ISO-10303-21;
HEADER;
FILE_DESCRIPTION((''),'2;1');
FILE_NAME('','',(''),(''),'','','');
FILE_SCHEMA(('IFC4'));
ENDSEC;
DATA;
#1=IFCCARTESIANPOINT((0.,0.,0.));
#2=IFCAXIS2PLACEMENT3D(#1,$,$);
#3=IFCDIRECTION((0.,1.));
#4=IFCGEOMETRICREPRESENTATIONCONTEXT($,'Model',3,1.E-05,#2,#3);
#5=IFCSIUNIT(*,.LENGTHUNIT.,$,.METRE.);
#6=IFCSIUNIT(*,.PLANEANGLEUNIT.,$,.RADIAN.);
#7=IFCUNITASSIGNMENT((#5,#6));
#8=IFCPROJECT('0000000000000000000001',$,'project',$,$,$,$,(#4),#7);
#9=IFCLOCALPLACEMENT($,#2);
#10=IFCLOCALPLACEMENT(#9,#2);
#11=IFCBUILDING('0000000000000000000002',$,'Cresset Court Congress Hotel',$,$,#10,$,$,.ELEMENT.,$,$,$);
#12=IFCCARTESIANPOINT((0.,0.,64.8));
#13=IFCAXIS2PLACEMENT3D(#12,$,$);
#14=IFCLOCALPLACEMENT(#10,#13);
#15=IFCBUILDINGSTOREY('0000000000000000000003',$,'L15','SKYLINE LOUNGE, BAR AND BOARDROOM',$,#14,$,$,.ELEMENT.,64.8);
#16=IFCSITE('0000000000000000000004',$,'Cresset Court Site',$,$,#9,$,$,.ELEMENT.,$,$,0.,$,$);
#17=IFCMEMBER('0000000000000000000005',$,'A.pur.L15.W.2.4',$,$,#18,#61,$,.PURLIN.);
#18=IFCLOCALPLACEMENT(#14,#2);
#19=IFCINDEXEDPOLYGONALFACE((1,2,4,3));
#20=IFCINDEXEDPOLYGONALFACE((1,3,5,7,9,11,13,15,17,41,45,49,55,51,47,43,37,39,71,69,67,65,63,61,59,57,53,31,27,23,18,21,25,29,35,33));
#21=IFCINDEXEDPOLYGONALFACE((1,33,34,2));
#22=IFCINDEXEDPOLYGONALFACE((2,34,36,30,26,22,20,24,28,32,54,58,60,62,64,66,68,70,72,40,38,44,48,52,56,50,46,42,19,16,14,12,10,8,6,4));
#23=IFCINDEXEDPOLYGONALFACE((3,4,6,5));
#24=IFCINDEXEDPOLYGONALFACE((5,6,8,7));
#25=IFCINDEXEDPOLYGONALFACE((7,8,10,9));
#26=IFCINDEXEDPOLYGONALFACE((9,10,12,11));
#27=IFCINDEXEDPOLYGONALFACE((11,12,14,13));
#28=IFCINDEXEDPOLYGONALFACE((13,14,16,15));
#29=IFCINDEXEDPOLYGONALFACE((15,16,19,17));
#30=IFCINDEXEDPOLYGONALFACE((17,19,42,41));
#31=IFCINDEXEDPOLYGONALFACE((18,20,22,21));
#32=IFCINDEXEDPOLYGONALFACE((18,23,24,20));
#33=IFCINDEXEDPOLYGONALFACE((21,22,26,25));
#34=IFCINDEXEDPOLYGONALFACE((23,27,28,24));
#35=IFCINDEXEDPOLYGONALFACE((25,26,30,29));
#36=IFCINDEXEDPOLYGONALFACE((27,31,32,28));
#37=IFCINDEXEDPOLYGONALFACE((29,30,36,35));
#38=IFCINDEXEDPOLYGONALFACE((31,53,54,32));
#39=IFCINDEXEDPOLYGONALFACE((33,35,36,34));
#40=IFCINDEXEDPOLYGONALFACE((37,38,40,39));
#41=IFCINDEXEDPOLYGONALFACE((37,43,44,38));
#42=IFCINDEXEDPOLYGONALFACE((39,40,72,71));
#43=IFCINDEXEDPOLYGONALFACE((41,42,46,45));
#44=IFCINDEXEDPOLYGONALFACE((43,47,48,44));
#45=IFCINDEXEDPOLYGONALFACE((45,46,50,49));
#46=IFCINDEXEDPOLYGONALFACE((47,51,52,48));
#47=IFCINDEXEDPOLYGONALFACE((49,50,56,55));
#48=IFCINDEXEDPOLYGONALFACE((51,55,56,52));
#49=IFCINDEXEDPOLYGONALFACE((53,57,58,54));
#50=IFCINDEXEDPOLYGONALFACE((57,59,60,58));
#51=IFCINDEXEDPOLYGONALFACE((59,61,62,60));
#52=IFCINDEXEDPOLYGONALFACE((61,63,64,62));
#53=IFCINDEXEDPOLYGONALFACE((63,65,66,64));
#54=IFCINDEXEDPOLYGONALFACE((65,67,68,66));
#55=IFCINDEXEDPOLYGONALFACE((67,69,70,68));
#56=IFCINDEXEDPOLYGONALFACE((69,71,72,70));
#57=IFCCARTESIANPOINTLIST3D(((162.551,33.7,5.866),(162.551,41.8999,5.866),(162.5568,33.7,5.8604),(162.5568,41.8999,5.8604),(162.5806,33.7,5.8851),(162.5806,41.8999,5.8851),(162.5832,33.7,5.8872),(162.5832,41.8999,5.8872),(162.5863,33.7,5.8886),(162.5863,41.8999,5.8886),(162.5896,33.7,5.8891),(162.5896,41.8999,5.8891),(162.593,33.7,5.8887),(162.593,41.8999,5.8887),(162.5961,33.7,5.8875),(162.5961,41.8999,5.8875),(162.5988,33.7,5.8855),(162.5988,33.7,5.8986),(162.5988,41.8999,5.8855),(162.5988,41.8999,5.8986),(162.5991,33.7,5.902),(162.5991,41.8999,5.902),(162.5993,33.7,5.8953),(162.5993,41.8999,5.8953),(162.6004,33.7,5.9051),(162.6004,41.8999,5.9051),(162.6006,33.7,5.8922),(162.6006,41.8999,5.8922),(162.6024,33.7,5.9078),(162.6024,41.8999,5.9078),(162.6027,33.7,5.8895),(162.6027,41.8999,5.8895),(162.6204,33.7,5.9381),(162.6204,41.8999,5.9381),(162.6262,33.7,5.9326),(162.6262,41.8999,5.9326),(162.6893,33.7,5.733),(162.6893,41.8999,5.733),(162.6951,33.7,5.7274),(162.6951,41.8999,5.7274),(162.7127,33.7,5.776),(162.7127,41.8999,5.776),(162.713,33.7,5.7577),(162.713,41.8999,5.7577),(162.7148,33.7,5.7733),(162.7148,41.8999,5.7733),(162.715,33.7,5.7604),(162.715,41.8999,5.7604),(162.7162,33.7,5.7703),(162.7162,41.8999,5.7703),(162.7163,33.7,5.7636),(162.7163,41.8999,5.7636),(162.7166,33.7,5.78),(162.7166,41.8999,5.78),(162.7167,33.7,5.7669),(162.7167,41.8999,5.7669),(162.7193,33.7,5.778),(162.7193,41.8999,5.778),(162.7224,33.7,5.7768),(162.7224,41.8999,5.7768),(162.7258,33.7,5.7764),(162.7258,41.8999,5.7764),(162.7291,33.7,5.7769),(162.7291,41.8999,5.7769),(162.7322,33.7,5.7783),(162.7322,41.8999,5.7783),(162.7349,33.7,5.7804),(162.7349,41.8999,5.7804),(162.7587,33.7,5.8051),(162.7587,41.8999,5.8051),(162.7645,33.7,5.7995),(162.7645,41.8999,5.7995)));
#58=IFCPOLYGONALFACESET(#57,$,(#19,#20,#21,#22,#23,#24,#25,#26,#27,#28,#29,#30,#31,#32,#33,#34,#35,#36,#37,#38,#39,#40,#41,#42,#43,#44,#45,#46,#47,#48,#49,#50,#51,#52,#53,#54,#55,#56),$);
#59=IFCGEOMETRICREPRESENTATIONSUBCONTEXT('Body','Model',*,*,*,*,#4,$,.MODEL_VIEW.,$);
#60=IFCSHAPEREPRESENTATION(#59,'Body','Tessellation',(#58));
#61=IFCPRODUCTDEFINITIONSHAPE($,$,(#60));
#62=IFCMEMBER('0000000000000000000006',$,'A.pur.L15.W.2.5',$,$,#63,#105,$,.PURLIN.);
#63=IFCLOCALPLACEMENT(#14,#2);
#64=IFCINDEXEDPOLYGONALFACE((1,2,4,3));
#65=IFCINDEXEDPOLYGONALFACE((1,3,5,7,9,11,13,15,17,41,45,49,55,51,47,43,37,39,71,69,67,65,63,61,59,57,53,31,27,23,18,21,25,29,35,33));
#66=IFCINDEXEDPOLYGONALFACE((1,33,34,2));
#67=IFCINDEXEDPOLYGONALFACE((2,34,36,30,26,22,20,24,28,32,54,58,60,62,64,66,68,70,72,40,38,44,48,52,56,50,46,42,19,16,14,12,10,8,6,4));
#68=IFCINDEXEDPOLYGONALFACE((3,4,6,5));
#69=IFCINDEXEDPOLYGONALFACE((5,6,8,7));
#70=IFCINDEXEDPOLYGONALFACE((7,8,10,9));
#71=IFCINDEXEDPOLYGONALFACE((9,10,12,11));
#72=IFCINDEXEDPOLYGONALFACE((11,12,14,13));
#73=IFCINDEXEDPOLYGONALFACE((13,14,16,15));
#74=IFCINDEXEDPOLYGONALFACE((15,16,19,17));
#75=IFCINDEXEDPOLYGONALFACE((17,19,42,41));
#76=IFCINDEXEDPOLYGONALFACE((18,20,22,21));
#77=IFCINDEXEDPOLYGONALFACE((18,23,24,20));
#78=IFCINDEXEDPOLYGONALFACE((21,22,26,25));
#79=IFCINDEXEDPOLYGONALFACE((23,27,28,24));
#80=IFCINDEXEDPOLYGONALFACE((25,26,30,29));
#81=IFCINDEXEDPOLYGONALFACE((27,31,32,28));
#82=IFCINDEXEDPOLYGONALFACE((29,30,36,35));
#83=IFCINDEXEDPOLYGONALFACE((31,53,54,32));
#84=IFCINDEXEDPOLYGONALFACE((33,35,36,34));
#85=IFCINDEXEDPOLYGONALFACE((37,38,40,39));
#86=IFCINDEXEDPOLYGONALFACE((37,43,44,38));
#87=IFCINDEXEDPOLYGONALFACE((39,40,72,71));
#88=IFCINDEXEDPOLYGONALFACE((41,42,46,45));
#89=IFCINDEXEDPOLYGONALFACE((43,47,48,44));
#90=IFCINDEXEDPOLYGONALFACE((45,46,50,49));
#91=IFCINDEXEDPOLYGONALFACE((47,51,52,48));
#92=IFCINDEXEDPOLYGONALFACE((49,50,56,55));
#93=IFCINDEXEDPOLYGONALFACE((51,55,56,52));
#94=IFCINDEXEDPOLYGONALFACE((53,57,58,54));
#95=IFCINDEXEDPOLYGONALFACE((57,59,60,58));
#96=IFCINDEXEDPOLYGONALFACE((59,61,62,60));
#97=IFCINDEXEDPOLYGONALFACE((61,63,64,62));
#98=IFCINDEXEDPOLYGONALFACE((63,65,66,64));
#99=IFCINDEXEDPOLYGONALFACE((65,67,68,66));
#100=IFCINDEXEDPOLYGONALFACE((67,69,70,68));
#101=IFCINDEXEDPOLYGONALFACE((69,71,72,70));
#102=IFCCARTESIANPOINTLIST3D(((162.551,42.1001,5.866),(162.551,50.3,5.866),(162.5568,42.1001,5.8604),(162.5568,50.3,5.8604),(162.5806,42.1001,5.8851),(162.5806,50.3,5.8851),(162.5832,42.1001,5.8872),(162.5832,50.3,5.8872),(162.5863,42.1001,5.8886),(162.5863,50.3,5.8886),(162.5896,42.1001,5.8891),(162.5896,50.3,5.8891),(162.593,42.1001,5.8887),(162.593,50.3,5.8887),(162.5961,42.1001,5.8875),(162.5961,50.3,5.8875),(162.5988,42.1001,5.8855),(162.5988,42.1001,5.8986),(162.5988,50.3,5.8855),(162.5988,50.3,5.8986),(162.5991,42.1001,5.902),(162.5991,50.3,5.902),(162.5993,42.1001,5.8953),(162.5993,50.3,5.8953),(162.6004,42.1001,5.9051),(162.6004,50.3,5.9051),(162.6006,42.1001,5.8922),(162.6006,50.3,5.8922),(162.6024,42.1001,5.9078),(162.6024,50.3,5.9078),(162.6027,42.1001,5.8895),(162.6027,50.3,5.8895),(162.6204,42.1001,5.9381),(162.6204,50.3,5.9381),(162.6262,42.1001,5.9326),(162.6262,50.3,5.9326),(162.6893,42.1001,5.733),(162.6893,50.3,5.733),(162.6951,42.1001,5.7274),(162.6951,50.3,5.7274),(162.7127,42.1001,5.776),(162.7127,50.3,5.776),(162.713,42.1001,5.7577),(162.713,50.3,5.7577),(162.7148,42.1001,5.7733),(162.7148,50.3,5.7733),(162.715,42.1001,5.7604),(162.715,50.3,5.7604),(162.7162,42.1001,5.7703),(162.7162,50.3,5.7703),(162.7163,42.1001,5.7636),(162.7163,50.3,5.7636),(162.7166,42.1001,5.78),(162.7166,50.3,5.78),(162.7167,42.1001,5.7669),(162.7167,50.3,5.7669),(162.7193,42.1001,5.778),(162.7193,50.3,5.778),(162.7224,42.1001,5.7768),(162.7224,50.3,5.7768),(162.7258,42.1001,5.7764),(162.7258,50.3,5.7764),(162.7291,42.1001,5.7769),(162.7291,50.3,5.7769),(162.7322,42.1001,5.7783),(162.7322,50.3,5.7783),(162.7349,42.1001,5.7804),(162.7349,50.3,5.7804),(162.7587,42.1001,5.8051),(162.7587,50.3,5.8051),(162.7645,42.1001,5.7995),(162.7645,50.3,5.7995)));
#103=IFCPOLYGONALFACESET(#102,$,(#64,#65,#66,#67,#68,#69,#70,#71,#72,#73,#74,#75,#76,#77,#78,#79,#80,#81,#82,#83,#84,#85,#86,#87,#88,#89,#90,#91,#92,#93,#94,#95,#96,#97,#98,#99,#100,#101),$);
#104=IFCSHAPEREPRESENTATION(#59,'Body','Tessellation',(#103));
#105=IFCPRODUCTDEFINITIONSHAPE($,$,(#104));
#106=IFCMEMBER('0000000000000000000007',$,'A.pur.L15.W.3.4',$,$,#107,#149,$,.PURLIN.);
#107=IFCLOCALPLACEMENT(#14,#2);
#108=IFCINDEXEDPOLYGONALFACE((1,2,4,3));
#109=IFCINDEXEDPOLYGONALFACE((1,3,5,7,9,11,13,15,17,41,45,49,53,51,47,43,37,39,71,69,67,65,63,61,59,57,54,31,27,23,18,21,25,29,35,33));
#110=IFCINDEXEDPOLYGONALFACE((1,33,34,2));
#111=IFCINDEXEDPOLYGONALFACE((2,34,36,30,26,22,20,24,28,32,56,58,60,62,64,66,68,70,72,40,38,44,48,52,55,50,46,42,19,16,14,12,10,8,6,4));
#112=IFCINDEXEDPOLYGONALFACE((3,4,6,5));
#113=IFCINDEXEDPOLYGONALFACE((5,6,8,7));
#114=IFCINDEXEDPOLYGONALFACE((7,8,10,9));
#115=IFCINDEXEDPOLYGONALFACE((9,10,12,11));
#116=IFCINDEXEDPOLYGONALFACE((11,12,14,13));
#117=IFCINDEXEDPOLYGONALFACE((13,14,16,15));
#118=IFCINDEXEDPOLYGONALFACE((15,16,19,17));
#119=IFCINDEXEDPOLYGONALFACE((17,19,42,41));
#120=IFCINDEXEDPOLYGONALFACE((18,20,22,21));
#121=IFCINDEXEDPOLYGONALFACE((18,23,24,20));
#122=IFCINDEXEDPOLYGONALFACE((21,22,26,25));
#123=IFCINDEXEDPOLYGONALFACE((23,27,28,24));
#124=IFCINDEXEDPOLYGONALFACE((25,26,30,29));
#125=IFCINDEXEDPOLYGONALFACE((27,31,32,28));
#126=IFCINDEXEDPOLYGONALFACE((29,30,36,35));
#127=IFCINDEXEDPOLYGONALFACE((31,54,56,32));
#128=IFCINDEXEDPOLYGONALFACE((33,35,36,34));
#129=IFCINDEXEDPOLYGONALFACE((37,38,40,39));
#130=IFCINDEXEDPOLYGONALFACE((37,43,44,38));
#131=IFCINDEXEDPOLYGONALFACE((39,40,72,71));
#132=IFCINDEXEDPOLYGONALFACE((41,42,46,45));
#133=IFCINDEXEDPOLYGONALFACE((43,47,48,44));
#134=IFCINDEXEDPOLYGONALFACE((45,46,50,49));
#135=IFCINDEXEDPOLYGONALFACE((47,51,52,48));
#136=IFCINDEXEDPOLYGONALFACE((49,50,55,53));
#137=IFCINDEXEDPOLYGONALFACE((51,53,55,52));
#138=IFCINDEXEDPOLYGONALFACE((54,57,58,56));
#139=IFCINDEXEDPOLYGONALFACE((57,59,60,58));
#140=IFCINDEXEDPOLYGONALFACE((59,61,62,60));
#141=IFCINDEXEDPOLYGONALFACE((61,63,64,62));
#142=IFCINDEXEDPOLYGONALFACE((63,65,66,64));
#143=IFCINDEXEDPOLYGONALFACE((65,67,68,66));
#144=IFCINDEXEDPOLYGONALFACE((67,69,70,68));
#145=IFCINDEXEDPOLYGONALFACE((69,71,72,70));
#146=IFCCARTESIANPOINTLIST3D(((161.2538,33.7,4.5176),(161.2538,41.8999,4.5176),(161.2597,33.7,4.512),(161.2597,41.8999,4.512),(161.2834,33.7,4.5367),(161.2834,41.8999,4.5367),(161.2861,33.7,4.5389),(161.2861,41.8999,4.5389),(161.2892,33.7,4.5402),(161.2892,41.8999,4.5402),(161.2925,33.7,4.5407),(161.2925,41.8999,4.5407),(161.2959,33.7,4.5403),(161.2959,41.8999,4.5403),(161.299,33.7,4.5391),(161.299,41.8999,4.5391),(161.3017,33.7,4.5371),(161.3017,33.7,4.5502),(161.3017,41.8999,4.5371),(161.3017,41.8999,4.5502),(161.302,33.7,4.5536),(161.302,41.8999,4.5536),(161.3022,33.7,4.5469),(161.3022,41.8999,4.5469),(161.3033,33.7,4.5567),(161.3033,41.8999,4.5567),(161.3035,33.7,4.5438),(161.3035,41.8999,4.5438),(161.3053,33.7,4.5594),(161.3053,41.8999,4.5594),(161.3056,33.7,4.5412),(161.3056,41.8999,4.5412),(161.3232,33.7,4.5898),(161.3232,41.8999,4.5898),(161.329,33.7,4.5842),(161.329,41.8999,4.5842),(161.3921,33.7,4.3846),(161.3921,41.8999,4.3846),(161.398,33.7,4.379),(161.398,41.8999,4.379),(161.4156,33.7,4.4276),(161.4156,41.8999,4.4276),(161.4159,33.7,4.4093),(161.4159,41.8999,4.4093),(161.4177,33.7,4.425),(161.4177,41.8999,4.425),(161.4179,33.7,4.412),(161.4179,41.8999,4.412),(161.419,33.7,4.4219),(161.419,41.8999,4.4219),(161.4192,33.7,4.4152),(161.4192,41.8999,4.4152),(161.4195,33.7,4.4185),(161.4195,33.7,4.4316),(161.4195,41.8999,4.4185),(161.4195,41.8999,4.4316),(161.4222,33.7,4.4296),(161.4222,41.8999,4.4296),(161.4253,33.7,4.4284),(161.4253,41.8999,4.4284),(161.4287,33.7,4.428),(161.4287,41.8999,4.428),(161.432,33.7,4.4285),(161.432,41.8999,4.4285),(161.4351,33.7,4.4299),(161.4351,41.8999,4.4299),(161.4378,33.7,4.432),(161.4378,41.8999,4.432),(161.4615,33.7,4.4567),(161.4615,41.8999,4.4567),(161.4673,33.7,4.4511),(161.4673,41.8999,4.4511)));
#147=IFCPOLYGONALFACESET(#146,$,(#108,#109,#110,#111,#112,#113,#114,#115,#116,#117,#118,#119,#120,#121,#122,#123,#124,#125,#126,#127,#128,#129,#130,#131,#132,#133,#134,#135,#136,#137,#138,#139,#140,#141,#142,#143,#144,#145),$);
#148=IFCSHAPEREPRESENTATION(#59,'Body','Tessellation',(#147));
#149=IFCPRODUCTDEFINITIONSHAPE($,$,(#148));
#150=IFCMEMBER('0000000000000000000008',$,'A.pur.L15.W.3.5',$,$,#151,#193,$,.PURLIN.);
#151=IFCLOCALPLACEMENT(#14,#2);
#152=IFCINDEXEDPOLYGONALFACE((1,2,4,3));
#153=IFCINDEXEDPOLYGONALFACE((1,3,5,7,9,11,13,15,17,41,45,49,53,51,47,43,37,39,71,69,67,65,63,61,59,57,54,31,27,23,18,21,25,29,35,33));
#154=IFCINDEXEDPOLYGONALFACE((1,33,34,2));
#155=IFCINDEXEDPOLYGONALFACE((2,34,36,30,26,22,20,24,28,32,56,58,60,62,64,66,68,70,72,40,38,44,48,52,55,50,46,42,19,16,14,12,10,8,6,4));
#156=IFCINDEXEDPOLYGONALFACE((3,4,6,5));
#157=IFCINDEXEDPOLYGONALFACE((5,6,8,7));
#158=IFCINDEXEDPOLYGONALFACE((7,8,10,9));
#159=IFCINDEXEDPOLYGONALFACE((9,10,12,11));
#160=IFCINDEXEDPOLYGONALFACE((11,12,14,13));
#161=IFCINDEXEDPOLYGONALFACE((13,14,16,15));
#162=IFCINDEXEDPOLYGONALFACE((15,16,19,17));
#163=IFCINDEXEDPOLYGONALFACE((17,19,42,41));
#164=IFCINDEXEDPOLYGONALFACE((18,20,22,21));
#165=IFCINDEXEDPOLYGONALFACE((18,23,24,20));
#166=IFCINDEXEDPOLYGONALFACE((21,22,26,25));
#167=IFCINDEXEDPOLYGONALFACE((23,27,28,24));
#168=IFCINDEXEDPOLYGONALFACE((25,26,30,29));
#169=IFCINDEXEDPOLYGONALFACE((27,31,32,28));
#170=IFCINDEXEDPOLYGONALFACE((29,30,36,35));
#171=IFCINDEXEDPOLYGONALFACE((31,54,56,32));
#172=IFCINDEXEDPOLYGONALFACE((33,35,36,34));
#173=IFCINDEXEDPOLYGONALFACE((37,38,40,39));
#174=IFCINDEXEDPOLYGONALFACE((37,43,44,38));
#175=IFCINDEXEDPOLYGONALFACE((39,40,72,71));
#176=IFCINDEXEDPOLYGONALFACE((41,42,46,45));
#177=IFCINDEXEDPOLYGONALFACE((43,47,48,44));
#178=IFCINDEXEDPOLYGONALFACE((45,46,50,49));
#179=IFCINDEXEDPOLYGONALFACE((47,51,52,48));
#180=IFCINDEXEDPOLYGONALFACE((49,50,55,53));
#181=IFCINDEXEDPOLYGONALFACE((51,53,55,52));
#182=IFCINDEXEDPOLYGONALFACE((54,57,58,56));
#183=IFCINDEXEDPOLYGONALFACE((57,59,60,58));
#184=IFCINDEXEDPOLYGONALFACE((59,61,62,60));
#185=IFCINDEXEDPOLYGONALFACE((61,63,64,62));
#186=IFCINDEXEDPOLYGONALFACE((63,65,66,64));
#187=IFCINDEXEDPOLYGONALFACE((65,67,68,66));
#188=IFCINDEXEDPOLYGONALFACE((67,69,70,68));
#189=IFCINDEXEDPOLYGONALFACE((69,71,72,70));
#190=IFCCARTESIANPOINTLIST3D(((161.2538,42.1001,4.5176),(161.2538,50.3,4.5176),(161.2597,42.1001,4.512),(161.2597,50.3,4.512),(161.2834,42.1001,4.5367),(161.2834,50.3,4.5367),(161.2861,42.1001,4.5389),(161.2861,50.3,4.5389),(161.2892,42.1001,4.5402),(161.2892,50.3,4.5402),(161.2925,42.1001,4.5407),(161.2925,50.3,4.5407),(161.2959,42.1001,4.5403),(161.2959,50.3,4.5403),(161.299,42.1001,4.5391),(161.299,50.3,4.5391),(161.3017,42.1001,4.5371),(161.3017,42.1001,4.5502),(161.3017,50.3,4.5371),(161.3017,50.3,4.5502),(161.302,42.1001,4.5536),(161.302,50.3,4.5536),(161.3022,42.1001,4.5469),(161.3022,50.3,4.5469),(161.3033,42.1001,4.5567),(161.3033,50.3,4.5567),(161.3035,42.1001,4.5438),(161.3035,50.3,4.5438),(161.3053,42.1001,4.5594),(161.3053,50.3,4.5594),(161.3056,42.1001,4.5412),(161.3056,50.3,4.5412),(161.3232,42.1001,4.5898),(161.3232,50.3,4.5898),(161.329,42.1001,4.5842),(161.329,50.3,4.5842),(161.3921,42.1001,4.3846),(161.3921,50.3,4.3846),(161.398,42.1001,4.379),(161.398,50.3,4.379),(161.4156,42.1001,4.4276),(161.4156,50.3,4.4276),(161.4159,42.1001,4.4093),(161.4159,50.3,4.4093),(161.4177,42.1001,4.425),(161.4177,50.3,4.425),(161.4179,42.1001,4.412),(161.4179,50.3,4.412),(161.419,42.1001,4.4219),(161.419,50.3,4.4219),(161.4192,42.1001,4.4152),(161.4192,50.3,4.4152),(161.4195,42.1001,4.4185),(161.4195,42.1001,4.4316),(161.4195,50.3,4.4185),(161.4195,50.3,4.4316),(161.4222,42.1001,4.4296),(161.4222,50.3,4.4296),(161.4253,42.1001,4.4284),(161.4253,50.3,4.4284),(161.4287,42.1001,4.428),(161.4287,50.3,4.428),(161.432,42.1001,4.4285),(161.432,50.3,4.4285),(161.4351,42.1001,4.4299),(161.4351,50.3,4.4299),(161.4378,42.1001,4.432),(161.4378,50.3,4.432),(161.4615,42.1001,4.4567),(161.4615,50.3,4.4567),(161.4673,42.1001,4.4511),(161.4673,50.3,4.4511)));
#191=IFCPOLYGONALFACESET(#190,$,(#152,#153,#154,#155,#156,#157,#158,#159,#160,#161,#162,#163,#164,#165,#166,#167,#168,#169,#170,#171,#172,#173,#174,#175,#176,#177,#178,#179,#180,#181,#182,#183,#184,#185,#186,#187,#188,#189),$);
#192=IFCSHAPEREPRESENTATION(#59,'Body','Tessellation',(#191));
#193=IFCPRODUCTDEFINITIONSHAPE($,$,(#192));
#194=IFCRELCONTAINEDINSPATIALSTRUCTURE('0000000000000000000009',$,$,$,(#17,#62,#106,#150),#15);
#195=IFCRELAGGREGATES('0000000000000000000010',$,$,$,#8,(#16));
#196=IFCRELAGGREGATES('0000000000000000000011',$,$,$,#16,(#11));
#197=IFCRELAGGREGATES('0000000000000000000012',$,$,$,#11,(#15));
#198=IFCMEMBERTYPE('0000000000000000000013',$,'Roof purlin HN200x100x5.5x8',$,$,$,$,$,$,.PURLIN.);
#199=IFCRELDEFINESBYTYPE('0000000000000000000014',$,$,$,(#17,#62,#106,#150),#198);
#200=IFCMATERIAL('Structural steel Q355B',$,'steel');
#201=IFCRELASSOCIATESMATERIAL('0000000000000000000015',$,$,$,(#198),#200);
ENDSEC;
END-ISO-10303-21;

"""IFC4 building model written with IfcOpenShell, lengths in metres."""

from ifc_helpers import new_model, si_unit, direction, frame, origin, origin_2d, place, context, subcontext, project, spatial, i_section, extrude, material, material_profile, profile_set, type_object, element, save


model = new_model("IFC4")

# Units and contexts
model_context = context("Model", 3, precision=1e-05, world=origin(), true_north=direction((0.0, 1.0)))
body_context = subcontext(model_context, "Body", "Model", "MODEL_VIEW")
ifc_project = project(units=[si_unit("LENGTHUNIT", "METRE"), si_unit("PLANEANGLEUNIT", "RADIAN")], contexts=[model_context])

# Site, building, storey
site_placement = place(None, origin())
site = spatial("IfcSite", under=ifc_project, at=site_placement, Name="Cresset Court Site", CompositionType="ELEMENT", RefElevation=0.0)
building_placement = place(site_placement, origin())
building = spatial("IfcBuilding", under=site, at=building_placement, Name="Cresset Court Congress Hotel", CompositionType="ELEMENT")
storey_placement = place(building_placement, frame((0.0, 0.0, 64.8)))
storey = spatial("IfcBuildingStorey", under=building, at=storey_placement, Name="L15", Description="SKYLINE LOUNGE, BAR AND BOARDROOM", CompositionType="ELEMENT", Elevation=64.8)

# Members
ifc_material_1 = material(Name="Structural steel Q355B", Category="steel")
ifc_material_profile_1 = material_profile(ifc_material_1, i_section(OverallWidth=0.1001, OverallDepth=0.2, WebThickness=0.0056, FlangeThickness=0.0081, FilletRadius=0.0129, at=origin_2d()), Name="HN200x100x5.5x8")
ifc_profile_set_1 = profile_set([ifc_material_profile_1], Name="Structural steel Q355B")
member_type_1 = type_object("IfcMemberType", Name="Roof purlin HN200x100x5.5x8", PredefinedType="PURLIN", material=ifc_profile_set_1)
for number, where, z_axis, x_axis, name in (
    (1, (162.6577, 33.7, 5.8328), (0.0, 1.0, 0.0), (-0.693246, 0.0, -0.720701), "A.pur.L15.W.2.4"),
    (2, (162.6577, 42.1001, 5.8328), (0.0, 1.0, 0.0), (-0.693246, 0.0, -0.720701), "A.pur.L15.W.2.5"),
    (3, (161.3606, 33.7, 4.4844), (0.0, 1.0, 0.0), (-0.693246, 0.0, -0.720701), "A.pur.L15.W.3.4"),
    (4, (161.3606, 42.1001, 4.4844), (0.0, 1.0, 0.0), (-0.693246, 0.0, -0.720701), "A.pur.L15.W.3.5"),
):
    element("IfcMember", number, at=place(storey_placement, frame(where, z_axis=z_axis, x_axis=x_axis)), inside=storey, type_object=member_type_1, Name=name, PredefinedType="PURLIN", context=body_context, shape_type="SweptSolid", body=[
        extrude(i_section(OverallWidth=0.1001, OverallDepth=0.2, WebThickness=0.0056, FlangeThickness=0.0081, FilletRadius=0.0129, at=origin_2d()), origin(), (0.0, 0.0, 1.0), 8.2),
    ])

save(model, "model.ifc")
